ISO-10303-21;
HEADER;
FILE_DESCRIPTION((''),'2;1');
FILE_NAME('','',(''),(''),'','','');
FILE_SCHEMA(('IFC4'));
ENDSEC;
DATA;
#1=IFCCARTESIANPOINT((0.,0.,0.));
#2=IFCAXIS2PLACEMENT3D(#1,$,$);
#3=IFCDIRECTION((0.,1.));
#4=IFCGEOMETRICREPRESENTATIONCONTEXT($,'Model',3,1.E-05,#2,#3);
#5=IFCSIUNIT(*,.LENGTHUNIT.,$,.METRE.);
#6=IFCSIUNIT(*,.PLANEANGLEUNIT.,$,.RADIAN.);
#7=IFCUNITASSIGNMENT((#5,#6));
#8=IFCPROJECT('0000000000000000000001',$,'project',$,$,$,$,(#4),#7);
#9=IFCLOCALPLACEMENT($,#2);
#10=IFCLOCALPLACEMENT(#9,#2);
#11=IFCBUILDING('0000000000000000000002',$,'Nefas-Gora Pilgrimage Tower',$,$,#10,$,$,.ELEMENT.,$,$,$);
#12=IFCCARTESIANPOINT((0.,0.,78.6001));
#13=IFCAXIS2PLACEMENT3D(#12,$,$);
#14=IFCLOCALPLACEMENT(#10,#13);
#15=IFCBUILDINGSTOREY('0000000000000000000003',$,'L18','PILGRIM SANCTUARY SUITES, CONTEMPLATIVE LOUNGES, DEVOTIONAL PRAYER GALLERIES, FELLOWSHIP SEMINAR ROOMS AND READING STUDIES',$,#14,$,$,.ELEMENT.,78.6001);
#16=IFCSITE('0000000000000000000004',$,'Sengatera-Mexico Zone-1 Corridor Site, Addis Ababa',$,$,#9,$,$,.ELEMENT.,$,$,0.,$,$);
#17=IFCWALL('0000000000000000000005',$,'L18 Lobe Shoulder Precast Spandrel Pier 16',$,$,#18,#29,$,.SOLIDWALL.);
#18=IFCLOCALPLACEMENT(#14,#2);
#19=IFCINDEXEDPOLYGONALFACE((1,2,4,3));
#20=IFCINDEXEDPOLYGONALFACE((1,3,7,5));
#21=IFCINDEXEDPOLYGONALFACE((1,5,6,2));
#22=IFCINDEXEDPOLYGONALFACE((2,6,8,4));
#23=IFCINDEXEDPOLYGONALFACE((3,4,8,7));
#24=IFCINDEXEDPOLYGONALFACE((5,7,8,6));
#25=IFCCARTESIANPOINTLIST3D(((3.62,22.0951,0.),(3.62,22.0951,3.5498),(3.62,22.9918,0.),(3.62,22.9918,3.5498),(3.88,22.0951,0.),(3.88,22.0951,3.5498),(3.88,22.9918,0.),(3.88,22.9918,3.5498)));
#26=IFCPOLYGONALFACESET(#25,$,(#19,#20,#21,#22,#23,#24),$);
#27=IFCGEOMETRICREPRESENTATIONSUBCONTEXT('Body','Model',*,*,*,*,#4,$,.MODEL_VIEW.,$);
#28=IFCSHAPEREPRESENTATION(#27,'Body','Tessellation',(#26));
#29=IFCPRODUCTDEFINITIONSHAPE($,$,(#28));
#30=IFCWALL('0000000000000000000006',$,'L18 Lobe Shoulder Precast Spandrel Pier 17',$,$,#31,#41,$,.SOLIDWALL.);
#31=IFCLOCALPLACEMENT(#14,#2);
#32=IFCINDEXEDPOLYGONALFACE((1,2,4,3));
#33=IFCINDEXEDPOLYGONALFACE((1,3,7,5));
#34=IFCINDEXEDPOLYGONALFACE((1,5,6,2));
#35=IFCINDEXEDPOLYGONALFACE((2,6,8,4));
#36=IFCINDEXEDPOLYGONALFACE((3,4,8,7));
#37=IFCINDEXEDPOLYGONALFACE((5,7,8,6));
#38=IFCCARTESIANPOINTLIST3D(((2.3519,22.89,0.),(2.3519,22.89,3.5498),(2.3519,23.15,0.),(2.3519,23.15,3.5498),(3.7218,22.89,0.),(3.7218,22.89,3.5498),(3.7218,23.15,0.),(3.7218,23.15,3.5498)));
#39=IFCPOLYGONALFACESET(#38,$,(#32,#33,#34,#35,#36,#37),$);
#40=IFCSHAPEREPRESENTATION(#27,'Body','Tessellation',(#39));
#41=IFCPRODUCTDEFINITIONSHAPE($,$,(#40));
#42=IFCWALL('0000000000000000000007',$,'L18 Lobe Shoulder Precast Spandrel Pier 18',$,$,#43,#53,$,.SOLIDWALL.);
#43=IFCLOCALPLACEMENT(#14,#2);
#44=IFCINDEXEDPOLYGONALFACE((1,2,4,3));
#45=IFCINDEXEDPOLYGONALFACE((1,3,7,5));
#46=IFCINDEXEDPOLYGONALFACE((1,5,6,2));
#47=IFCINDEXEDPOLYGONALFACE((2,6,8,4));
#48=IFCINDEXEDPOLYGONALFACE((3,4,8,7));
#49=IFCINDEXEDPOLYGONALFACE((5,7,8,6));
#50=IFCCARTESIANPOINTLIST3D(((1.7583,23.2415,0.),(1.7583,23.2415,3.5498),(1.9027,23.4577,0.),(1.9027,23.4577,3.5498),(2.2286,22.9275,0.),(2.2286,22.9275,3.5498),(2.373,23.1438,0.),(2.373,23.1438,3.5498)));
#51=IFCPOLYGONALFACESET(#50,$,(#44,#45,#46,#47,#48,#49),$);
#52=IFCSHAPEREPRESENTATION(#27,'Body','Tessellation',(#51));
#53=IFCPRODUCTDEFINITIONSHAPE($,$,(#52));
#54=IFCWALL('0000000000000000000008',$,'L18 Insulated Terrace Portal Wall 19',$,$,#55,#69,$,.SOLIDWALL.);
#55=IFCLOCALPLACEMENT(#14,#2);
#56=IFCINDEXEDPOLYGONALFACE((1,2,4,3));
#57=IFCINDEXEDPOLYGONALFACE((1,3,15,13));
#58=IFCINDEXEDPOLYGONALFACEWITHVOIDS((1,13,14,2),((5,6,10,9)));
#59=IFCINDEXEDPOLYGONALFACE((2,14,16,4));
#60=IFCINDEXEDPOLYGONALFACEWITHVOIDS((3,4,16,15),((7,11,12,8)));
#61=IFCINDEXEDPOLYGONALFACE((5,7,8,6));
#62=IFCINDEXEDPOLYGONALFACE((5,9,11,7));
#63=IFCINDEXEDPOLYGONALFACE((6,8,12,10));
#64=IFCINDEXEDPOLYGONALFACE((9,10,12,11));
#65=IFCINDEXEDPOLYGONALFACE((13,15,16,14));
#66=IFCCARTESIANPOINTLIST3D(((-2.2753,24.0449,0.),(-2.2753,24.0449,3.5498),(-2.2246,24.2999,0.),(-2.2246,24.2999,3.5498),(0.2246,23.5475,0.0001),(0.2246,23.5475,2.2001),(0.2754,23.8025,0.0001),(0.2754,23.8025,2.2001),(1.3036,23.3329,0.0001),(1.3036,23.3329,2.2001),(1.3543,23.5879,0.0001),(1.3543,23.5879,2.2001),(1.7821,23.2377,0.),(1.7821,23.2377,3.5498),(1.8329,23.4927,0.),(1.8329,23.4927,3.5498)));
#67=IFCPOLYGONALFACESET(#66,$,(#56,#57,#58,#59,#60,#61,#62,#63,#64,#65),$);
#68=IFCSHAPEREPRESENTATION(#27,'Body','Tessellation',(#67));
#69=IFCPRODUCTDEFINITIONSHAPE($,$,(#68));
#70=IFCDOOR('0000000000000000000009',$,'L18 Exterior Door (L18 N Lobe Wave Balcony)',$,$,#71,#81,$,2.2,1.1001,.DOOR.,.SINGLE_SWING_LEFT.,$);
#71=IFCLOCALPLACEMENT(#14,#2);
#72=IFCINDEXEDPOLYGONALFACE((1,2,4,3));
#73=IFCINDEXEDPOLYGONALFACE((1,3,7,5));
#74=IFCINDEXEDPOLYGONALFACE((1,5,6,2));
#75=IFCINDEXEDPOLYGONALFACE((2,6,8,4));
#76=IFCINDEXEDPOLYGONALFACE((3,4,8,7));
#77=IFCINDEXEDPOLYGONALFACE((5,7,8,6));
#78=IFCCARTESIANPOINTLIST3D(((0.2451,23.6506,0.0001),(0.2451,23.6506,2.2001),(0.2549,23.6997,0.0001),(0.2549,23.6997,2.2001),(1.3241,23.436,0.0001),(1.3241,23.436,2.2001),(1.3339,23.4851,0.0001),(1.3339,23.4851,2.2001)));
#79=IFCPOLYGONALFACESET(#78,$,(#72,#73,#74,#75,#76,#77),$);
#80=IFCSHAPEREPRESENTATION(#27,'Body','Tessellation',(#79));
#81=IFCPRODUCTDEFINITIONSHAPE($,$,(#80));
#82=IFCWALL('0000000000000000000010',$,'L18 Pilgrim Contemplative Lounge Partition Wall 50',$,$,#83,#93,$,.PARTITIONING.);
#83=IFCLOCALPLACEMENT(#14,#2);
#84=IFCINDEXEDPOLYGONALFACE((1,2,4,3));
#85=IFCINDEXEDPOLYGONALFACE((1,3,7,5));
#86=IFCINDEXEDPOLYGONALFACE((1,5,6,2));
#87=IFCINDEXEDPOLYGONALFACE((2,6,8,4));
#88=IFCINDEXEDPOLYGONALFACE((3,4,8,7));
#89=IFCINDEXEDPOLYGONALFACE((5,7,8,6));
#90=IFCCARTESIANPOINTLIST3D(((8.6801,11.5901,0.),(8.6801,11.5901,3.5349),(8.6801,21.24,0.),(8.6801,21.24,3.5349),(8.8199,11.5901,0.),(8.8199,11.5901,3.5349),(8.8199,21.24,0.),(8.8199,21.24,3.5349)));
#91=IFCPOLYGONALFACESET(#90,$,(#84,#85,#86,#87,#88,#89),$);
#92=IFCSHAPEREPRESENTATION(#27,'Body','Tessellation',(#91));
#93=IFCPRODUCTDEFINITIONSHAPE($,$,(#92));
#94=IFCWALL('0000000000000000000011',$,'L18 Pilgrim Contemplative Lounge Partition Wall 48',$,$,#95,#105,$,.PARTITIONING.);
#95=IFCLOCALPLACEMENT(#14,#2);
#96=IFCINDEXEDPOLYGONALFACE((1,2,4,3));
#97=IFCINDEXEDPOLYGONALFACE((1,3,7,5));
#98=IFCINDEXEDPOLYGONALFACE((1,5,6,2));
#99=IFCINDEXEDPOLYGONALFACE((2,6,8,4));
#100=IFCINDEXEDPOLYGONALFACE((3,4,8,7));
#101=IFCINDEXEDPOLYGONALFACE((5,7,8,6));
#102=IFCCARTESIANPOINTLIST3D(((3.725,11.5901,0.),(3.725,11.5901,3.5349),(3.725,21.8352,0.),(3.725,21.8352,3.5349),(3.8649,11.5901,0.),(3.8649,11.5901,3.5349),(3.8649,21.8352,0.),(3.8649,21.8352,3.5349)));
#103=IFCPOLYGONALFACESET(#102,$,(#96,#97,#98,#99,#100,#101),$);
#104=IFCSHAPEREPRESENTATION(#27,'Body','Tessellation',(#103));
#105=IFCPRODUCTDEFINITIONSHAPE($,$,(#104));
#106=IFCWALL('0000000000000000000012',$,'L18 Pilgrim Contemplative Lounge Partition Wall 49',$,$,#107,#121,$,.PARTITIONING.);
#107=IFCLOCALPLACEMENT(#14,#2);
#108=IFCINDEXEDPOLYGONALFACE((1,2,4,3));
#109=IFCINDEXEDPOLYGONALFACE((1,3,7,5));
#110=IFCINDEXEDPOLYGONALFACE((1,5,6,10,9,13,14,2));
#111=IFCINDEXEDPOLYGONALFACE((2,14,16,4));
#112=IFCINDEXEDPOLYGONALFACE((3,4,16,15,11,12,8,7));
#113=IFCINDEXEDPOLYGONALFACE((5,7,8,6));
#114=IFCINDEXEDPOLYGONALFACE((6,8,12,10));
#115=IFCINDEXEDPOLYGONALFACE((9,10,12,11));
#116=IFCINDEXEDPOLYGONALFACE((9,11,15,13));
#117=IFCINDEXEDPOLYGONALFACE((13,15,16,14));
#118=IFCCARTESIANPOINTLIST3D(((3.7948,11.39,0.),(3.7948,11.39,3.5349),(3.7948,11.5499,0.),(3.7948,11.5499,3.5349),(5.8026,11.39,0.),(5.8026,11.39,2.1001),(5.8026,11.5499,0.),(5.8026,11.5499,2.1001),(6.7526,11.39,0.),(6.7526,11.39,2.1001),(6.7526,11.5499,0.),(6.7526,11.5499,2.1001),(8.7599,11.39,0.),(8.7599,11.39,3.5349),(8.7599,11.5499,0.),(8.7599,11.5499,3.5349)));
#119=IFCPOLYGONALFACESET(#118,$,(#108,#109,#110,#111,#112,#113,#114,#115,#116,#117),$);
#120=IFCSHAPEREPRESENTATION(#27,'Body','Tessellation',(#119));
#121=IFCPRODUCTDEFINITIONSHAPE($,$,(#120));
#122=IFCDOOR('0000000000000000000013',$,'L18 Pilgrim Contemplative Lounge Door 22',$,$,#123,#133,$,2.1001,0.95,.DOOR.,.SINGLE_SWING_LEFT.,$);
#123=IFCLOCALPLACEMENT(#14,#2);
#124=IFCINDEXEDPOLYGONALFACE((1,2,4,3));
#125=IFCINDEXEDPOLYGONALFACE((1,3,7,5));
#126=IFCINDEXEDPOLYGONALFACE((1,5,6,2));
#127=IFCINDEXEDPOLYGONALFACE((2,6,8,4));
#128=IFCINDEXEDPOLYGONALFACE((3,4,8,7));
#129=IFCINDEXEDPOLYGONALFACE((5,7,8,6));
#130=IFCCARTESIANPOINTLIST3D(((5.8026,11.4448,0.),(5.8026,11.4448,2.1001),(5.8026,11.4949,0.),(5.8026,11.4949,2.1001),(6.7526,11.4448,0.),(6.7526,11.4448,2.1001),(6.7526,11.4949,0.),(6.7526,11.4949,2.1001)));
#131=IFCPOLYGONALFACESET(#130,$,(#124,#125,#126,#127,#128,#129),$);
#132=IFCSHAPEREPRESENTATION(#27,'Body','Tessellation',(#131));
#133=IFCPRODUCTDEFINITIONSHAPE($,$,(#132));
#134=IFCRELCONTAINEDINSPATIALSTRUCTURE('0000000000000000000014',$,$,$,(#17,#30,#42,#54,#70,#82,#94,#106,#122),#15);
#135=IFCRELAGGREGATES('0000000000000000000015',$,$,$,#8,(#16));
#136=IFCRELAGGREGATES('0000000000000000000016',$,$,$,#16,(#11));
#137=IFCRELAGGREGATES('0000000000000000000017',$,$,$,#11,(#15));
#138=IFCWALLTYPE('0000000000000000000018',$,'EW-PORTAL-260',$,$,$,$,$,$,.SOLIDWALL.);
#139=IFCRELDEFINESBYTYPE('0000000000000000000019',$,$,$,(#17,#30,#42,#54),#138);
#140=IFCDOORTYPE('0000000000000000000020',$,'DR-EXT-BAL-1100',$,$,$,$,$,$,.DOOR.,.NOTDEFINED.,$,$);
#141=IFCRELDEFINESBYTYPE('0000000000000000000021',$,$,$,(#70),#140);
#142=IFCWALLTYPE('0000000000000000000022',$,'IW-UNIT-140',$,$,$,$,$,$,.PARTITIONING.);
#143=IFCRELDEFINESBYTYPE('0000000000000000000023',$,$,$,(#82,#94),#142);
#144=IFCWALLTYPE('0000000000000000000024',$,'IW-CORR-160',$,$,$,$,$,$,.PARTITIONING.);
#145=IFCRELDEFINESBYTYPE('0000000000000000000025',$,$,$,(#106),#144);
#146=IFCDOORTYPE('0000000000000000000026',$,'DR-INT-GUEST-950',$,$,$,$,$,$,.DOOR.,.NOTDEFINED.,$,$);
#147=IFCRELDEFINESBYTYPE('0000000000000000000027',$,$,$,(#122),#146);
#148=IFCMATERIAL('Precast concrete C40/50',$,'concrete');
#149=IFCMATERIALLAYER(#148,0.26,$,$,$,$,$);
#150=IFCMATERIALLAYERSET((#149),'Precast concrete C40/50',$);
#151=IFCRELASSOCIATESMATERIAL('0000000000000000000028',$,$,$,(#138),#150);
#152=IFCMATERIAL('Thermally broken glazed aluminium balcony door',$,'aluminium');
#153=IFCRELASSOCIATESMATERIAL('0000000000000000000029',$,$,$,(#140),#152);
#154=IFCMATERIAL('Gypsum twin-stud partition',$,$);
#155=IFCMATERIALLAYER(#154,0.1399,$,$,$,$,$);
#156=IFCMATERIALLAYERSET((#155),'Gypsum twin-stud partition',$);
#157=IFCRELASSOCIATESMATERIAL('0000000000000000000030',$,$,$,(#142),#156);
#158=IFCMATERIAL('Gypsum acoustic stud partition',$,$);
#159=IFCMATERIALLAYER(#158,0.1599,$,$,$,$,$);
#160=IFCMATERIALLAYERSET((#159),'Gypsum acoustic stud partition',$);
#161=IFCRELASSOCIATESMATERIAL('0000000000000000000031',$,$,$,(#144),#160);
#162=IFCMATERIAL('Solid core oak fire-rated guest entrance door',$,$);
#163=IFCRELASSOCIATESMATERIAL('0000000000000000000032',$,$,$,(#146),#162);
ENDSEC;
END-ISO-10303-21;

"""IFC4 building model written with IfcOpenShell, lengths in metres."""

from ifc_helpers import new_model, si_unit, direction, frame, frame_2d, origin, place, context, subcontext, project, spatial, rectangle, extrude, source, transform, mapped, material, layer, layer_set, type_object, element, fill, save


model = new_model("IFC4")

# Units and contexts
model_context = context("Model", 3, precision=1e-05, world=origin(), true_north=direction((0.0, 1.0)))
body_context = subcontext(model_context, "Body", "Model", "MODEL_VIEW")
ifc_project = project(units=[si_unit("LENGTHUNIT", "METRE"), si_unit("PLANEANGLEUNIT", "RADIAN")], contexts=[model_context])

# Site, building, storey
site_placement = place(None, origin())
site = spatial("IfcSite", under=ifc_project, at=site_placement, Name="Sengatera-Mexico Zone-1 Corridor Site, Addis Ababa", CompositionType="ELEMENT", RefElevation=0.0)
building_placement = place(site_placement, origin())
building = spatial("IfcBuilding", under=site, at=building_placement, Name="Nefas-Gora Pilgrimage Tower", CompositionType="ELEMENT")
storey_placement = place(building_placement, frame((0.0, 0.0, 78.6001)))
storey = spatial("IfcBuildingStorey", under=building, at=storey_placement, Name="L18", Description="PILGRIM SANCTUARY SUITES, CONTEMPLATIVE LOUNGES, DEVOTIONAL PRAYER GALLERIES, FELLOWSHIP SEMINAR ROOMS AND READING STUDIES", CompositionType="ELEMENT", Elevation=78.6001)

# Walls
ifc_material_1 = material(Name="Precast concrete C40/50", Category="concrete")
ifc_layer_1 = layer(ifc_material_1, 0.26)
ifc_layer_set_1 = layer_set([ifc_layer_1], Name="Precast concrete C40/50")
wall_type_1 = type_object("IfcWallType", Name="EW-PORTAL-260", PredefinedType="SOLIDWALL", material=ifc_layer_set_1)
shared_shape_1 = source(origin(), body_context, "Body", "SweptSolid", [
    extrude(rectangle(XDim=0.8967, YDim=0.26, at=frame_2d((0.4482, 0.0))), origin(), (0.0, 0.0, 1.0), 3.5498),
])
wall_1_placement = place(storey_placement, frame((3.75, 22.0952, 0.0), z_axis=(0.0, 0.0, 1.0), x_axis=(0.0, 1.0, 0.0)))
element("IfcWall", 1, at=wall_1_placement, inside=storey, type_object=wall_type_1, Name="L18 Lobe Shoulder Precast Spandrel Pier 16", PredefinedType="SOLIDWALL", context=body_context, shape_type="MappedRepresentation", body=[
    mapped(shared_shape_1, transform((0.0, 0.0, 0.0), x_axis=(1.0, 0.0, 0.0), y_axis=(0.0, 1.0, 0.0), z_axis=(0.0, 0.0, 1.0), scale=1.0)),
])
shared_shape_2 = source(origin(), body_context, "Body", "SweptSolid", [
    extrude(rectangle(XDim=1.3699, YDim=0.26, at=frame_2d((0.6851, 0.0))), origin(), (0.0, 0.0, 1.0), 3.5498),
])
wall_2_placement = place(storey_placement, frame((3.7219, 23.02, 0.0), z_axis=(0.0, 0.0, 1.0), x_axis=(-1.0, 0.0, 0.0)))
element("IfcWall", 2, at=wall_2_placement, inside=storey, type_object=wall_type_1, Name="L18 Lobe Shoulder Precast Spandrel Pier 17", PredefinedType="SOLIDWALL", context=body_context, shape_type="MappedRepresentation", body=[
    mapped(shared_shape_2, transform((0.0, 0.0, 0.0), x_axis=(1.0, 0.0, 0.0), y_axis=(0.0, 1.0, 0.0), z_axis=(0.0, 0.0, 1.0), scale=1.0)),
])
shared_shape_3 = source(origin(), body_context, "Body", "SweptSolid", [
    extrude(rectangle(XDim=0.5654, YDim=0.26, at=frame_2d((0.2827, 0.0))), origin(), (0.0, 0.0, 1.0), 3.5498),
])
wall_3_placement = place(storey_placement, frame((2.3008, 23.0356, 0.0), z_axis=(0.0, 0.0, 1.0), x_axis=(-0.831651, 0.555298, 0.0)))
element("IfcWall", 3, at=wall_3_placement, inside=storey, type_object=wall_type_1, Name="L18 Lobe Shoulder Precast Spandrel Pier 18", PredefinedType="SOLIDWALL", context=body_context, shape_type="MappedRepresentation", body=[
    mapped(shared_shape_3, transform((0.0, 0.0, 0.0), x_axis=(1.0, 0.0, 0.0), y_axis=(0.0, 1.0, 0.0), z_axis=(0.0, 0.0, 1.0), scale=1.0)),
])

# Wall, opening, door
shared_shape_4 = source(origin(), body_context, "Body", "SweptSolid", [
    extrude(rectangle(XDim=4.137, YDim=0.26, at=frame_2d((2.0684, 0.0))), origin(), (0.0, 0.0, 1.0), 3.5498),
])
wall_4_placement = place(storey_placement, frame((1.8074, 23.3652, 0.0), z_axis=(0.0, 0.0, 1.0), x_axis=(-0.980782, 0.195106, 0.0)))
wall_4 = element("IfcWall", 4, at=wall_4_placement, inside=storey, type_object=wall_type_1, Name="L18 Insulated Terrace Portal Wall 19", PredefinedType="SOLIDWALL", context=body_context, shape_type="MappedRepresentation", body=[
    mapped(shared_shape_4, transform((0.0, 0.0, 0.0), x_axis=(1.0, 0.0, 0.0), y_axis=(0.0, 1.0, 0.0), z_axis=(0.0, 0.0, 1.0), scale=1.0)),
])
opening_1_placement = place(wall_4_placement, frame((0.4878, 0.0, 0.0)))
opening_1 = element("IfcOpeningElement", 5, at=opening_1_placement, cuts=wall_4, PredefinedType="OPENING", context=body_context, shape_type="SweptSolid", body=[
    extrude(rectangle(XDim=1.1001, YDim=2.2, at=frame_2d((0.55, 1.1001))), frame((0.0, 0.1399, 0.0), z_axis=(0.0, -1.0, 0.0), x_axis=(1.0, 0.0, 0.0)), (0.0, 0.0, 1.0), 0.28),
])
ifc_material_2 = material(Name="Thermally broken glazed aluminium balcony door", Category="aluminium")
door_type_1 = type_object("IfcDoorType", Name="DR-EXT-BAL-1100", OperationType="NOTDEFINED", PredefinedType="DOOR", material=ifc_material_2)
shared_shape_5 = source(origin(), body_context, "Body", "SweptSolid", [
    extrude(rectangle(XDim=1.1001, YDim=2.2, at=frame_2d((0.55, 1.1001))), frame((0.0, 0.0249, 0.0), z_axis=(0.0, -1.0, 0.0), x_axis=(1.0, 0.0, 0.0)), (0.0, 0.0, 1.0), 0.05),
])
door_1_placement = place(opening_1_placement, origin())
door_1 = element("IfcDoor", 6, at=door_1_placement, inside=storey, type_object=door_type_1, Name="L18 Exterior Door (L18 N Lobe Wave Balcony)", OperationType="SINGLE_SWING_LEFT", OverallHeight=2.2, OverallWidth=1.1001, PredefinedType="DOOR", context=body_context, shape_type="MappedRepresentation", body=[
    mapped(shared_shape_5, transform((0.0, 0.0, 0.0), x_axis=(1.0, 0.0, 0.0), y_axis=(0.0, 1.0, 0.0), z_axis=(0.0, 0.0, 1.0), scale=1.0)),
])
fill(opening_1, door_1)

# Walls
ifc_material_3 = material(Name="Gypsum twin-stud partition")
ifc_layer_2 = layer(ifc_material_3, 0.1399)
ifc_layer_set_2 = layer_set([ifc_layer_2], Name="Gypsum twin-stud partition")
wall_type_2 = type_object("IfcWallType", Name="IW-UNIT-140", PredefinedType="PARTITIONING", material=ifc_layer_set_2)
shared_shape_6 = source(origin(), body_context, "Body", "SweptSolid", [
    extrude(rectangle(XDim=9.6499, YDim=0.1399, at=frame_2d((4.825, 0.0))), origin(), (0.0, 0.0, 1.0), 3.5349),
])
wall_5_placement = place(storey_placement, frame((8.75, 11.5901, 0.0), z_axis=(0.0, 0.0, 1.0), x_axis=(0.0, 1.0, 0.0)))
element("IfcWall", 7, at=wall_5_placement, inside=storey, type_object=wall_type_2, Name="L18 Pilgrim Contemplative Lounge Partition Wall 50", PredefinedType="PARTITIONING", context=body_context, shape_type="MappedRepresentation", body=[
    mapped(shared_shape_6, transform((0.0, 0.0, 0.0), x_axis=(1.0, 0.0, 0.0), y_axis=(0.0, 1.0, 0.0), z_axis=(0.0, 0.0, 1.0), scale=1.0)),
])
shared_shape_7 = source(origin(), body_context, "Body", "SweptSolid", [
    extrude(rectangle(XDim=10.2451, YDim=0.1399, at=frame_2d((5.1226, 0.0))), origin(), (0.0, 0.0, 1.0), 3.5349),
])
wall_6_placement = place(storey_placement, frame((3.7949, 11.5901, 0.0), z_axis=(0.0, 0.0, 1.0), x_axis=(0.0, 1.0, 0.0)))
element("IfcWall", 8, at=wall_6_placement, inside=storey, type_object=wall_type_2, Name="L18 Pilgrim Contemplative Lounge Partition Wall 48", PredefinedType="PARTITIONING", context=body_context, shape_type="MappedRepresentation", body=[
    mapped(shared_shape_7, transform((0.0, 0.0, 0.0), x_axis=(1.0, 0.0, 0.0), y_axis=(0.0, 1.0, 0.0), z_axis=(0.0, 0.0, 1.0), scale=1.0)),
])

# Wall, opening, door
ifc_material_4 = material(Name="Gypsum acoustic stud partition")
ifc_layer_3 = layer(ifc_material_4, 0.1599)
ifc_layer_set_3 = layer_set([ifc_layer_3], Name="Gypsum acoustic stud partition")
wall_type_3 = type_object("IfcWallType", Name="IW-CORR-160", PredefinedType="PARTITIONING", material=ifc_layer_set_3)
shared_shape_8 = source(origin(), body_context, "Body", "SweptSolid", [
    extrude(rectangle(XDim=4.9651, YDim=0.1599, at=frame_2d((2.4824, 0.0))), origin(), (0.0, 0.0, 1.0), 3.5349),
])
wall_7_placement = place(storey_placement, frame((3.7949, 11.47, 0.0), z_axis=(0.0, 0.0, 1.0), x_axis=(1.0, 0.0, 0.0)))
wall_7 = element("IfcWall", 9, at=wall_7_placement, inside=storey, type_object=wall_type_3, Name="L18 Pilgrim Contemplative Lounge Partition Wall 49", PredefinedType="PARTITIONING", context=body_context, shape_type="MappedRepresentation", body=[
    mapped(shared_shape_8, transform((0.0, 0.0, 0.0), x_axis=(1.0, 0.0, 0.0), y_axis=(0.0, 1.0, 0.0), z_axis=(0.0, 0.0, 1.0), scale=1.0)),
])
opening_2_placement = place(wall_7_placement, frame((2.0076, 0.0, 0.0)))
opening_2 = element("IfcOpeningElement", 10, at=opening_2_placement, cuts=wall_7, PredefinedType="OPENING", context=body_context, shape_type="SweptSolid", body=[
    extrude(rectangle(XDim=0.95, YDim=2.1001, at=frame_2d((0.4751, 1.05))), frame((0.0, 0.0898, 0.0), z_axis=(0.0, -1.0, 0.0), x_axis=(1.0, 0.0, 0.0)), (0.0, 0.0, 1.0), 0.1799),
])
ifc_material_5 = material(Name="Solid core oak fire-rated guest entrance door")
door_type_2 = type_object("IfcDoorType", Name="DR-INT-GUEST-950", OperationType="NOTDEFINED", PredefinedType="DOOR", material=ifc_material_5)
shared_shape_9 = source(origin(), body_context, "Body", "SweptSolid", [
    extrude(rectangle(XDim=0.95, YDim=2.1001, at=frame_2d((0.4751, 1.05))), frame((0.0, 0.0249, 0.0), z_axis=(0.0, -1.0, 0.0), x_axis=(1.0, 0.0, 0.0)), (0.0, 0.0, 1.0), 0.05),
])
door_2_placement = place(opening_2_placement, origin())
door_2 = element("IfcDoor", 11, at=door_2_placement, inside=storey, type_object=door_type_2, Name="L18 Pilgrim Contemplative Lounge Door 22", OperationType="SINGLE_SWING_LEFT", OverallHeight=2.1001, OverallWidth=0.95, PredefinedType="DOOR", context=body_context, shape_type="MappedRepresentation", body=[
    mapped(shared_shape_9, transform((0.0, 0.0, 0.0), x_axis=(1.0, 0.0, 0.0), y_axis=(0.0, 1.0, 0.0), z_axis=(0.0, 0.0, 1.0), scale=1.0)),
])
fill(opening_2, door_2)

save(model, "model.ifc")
